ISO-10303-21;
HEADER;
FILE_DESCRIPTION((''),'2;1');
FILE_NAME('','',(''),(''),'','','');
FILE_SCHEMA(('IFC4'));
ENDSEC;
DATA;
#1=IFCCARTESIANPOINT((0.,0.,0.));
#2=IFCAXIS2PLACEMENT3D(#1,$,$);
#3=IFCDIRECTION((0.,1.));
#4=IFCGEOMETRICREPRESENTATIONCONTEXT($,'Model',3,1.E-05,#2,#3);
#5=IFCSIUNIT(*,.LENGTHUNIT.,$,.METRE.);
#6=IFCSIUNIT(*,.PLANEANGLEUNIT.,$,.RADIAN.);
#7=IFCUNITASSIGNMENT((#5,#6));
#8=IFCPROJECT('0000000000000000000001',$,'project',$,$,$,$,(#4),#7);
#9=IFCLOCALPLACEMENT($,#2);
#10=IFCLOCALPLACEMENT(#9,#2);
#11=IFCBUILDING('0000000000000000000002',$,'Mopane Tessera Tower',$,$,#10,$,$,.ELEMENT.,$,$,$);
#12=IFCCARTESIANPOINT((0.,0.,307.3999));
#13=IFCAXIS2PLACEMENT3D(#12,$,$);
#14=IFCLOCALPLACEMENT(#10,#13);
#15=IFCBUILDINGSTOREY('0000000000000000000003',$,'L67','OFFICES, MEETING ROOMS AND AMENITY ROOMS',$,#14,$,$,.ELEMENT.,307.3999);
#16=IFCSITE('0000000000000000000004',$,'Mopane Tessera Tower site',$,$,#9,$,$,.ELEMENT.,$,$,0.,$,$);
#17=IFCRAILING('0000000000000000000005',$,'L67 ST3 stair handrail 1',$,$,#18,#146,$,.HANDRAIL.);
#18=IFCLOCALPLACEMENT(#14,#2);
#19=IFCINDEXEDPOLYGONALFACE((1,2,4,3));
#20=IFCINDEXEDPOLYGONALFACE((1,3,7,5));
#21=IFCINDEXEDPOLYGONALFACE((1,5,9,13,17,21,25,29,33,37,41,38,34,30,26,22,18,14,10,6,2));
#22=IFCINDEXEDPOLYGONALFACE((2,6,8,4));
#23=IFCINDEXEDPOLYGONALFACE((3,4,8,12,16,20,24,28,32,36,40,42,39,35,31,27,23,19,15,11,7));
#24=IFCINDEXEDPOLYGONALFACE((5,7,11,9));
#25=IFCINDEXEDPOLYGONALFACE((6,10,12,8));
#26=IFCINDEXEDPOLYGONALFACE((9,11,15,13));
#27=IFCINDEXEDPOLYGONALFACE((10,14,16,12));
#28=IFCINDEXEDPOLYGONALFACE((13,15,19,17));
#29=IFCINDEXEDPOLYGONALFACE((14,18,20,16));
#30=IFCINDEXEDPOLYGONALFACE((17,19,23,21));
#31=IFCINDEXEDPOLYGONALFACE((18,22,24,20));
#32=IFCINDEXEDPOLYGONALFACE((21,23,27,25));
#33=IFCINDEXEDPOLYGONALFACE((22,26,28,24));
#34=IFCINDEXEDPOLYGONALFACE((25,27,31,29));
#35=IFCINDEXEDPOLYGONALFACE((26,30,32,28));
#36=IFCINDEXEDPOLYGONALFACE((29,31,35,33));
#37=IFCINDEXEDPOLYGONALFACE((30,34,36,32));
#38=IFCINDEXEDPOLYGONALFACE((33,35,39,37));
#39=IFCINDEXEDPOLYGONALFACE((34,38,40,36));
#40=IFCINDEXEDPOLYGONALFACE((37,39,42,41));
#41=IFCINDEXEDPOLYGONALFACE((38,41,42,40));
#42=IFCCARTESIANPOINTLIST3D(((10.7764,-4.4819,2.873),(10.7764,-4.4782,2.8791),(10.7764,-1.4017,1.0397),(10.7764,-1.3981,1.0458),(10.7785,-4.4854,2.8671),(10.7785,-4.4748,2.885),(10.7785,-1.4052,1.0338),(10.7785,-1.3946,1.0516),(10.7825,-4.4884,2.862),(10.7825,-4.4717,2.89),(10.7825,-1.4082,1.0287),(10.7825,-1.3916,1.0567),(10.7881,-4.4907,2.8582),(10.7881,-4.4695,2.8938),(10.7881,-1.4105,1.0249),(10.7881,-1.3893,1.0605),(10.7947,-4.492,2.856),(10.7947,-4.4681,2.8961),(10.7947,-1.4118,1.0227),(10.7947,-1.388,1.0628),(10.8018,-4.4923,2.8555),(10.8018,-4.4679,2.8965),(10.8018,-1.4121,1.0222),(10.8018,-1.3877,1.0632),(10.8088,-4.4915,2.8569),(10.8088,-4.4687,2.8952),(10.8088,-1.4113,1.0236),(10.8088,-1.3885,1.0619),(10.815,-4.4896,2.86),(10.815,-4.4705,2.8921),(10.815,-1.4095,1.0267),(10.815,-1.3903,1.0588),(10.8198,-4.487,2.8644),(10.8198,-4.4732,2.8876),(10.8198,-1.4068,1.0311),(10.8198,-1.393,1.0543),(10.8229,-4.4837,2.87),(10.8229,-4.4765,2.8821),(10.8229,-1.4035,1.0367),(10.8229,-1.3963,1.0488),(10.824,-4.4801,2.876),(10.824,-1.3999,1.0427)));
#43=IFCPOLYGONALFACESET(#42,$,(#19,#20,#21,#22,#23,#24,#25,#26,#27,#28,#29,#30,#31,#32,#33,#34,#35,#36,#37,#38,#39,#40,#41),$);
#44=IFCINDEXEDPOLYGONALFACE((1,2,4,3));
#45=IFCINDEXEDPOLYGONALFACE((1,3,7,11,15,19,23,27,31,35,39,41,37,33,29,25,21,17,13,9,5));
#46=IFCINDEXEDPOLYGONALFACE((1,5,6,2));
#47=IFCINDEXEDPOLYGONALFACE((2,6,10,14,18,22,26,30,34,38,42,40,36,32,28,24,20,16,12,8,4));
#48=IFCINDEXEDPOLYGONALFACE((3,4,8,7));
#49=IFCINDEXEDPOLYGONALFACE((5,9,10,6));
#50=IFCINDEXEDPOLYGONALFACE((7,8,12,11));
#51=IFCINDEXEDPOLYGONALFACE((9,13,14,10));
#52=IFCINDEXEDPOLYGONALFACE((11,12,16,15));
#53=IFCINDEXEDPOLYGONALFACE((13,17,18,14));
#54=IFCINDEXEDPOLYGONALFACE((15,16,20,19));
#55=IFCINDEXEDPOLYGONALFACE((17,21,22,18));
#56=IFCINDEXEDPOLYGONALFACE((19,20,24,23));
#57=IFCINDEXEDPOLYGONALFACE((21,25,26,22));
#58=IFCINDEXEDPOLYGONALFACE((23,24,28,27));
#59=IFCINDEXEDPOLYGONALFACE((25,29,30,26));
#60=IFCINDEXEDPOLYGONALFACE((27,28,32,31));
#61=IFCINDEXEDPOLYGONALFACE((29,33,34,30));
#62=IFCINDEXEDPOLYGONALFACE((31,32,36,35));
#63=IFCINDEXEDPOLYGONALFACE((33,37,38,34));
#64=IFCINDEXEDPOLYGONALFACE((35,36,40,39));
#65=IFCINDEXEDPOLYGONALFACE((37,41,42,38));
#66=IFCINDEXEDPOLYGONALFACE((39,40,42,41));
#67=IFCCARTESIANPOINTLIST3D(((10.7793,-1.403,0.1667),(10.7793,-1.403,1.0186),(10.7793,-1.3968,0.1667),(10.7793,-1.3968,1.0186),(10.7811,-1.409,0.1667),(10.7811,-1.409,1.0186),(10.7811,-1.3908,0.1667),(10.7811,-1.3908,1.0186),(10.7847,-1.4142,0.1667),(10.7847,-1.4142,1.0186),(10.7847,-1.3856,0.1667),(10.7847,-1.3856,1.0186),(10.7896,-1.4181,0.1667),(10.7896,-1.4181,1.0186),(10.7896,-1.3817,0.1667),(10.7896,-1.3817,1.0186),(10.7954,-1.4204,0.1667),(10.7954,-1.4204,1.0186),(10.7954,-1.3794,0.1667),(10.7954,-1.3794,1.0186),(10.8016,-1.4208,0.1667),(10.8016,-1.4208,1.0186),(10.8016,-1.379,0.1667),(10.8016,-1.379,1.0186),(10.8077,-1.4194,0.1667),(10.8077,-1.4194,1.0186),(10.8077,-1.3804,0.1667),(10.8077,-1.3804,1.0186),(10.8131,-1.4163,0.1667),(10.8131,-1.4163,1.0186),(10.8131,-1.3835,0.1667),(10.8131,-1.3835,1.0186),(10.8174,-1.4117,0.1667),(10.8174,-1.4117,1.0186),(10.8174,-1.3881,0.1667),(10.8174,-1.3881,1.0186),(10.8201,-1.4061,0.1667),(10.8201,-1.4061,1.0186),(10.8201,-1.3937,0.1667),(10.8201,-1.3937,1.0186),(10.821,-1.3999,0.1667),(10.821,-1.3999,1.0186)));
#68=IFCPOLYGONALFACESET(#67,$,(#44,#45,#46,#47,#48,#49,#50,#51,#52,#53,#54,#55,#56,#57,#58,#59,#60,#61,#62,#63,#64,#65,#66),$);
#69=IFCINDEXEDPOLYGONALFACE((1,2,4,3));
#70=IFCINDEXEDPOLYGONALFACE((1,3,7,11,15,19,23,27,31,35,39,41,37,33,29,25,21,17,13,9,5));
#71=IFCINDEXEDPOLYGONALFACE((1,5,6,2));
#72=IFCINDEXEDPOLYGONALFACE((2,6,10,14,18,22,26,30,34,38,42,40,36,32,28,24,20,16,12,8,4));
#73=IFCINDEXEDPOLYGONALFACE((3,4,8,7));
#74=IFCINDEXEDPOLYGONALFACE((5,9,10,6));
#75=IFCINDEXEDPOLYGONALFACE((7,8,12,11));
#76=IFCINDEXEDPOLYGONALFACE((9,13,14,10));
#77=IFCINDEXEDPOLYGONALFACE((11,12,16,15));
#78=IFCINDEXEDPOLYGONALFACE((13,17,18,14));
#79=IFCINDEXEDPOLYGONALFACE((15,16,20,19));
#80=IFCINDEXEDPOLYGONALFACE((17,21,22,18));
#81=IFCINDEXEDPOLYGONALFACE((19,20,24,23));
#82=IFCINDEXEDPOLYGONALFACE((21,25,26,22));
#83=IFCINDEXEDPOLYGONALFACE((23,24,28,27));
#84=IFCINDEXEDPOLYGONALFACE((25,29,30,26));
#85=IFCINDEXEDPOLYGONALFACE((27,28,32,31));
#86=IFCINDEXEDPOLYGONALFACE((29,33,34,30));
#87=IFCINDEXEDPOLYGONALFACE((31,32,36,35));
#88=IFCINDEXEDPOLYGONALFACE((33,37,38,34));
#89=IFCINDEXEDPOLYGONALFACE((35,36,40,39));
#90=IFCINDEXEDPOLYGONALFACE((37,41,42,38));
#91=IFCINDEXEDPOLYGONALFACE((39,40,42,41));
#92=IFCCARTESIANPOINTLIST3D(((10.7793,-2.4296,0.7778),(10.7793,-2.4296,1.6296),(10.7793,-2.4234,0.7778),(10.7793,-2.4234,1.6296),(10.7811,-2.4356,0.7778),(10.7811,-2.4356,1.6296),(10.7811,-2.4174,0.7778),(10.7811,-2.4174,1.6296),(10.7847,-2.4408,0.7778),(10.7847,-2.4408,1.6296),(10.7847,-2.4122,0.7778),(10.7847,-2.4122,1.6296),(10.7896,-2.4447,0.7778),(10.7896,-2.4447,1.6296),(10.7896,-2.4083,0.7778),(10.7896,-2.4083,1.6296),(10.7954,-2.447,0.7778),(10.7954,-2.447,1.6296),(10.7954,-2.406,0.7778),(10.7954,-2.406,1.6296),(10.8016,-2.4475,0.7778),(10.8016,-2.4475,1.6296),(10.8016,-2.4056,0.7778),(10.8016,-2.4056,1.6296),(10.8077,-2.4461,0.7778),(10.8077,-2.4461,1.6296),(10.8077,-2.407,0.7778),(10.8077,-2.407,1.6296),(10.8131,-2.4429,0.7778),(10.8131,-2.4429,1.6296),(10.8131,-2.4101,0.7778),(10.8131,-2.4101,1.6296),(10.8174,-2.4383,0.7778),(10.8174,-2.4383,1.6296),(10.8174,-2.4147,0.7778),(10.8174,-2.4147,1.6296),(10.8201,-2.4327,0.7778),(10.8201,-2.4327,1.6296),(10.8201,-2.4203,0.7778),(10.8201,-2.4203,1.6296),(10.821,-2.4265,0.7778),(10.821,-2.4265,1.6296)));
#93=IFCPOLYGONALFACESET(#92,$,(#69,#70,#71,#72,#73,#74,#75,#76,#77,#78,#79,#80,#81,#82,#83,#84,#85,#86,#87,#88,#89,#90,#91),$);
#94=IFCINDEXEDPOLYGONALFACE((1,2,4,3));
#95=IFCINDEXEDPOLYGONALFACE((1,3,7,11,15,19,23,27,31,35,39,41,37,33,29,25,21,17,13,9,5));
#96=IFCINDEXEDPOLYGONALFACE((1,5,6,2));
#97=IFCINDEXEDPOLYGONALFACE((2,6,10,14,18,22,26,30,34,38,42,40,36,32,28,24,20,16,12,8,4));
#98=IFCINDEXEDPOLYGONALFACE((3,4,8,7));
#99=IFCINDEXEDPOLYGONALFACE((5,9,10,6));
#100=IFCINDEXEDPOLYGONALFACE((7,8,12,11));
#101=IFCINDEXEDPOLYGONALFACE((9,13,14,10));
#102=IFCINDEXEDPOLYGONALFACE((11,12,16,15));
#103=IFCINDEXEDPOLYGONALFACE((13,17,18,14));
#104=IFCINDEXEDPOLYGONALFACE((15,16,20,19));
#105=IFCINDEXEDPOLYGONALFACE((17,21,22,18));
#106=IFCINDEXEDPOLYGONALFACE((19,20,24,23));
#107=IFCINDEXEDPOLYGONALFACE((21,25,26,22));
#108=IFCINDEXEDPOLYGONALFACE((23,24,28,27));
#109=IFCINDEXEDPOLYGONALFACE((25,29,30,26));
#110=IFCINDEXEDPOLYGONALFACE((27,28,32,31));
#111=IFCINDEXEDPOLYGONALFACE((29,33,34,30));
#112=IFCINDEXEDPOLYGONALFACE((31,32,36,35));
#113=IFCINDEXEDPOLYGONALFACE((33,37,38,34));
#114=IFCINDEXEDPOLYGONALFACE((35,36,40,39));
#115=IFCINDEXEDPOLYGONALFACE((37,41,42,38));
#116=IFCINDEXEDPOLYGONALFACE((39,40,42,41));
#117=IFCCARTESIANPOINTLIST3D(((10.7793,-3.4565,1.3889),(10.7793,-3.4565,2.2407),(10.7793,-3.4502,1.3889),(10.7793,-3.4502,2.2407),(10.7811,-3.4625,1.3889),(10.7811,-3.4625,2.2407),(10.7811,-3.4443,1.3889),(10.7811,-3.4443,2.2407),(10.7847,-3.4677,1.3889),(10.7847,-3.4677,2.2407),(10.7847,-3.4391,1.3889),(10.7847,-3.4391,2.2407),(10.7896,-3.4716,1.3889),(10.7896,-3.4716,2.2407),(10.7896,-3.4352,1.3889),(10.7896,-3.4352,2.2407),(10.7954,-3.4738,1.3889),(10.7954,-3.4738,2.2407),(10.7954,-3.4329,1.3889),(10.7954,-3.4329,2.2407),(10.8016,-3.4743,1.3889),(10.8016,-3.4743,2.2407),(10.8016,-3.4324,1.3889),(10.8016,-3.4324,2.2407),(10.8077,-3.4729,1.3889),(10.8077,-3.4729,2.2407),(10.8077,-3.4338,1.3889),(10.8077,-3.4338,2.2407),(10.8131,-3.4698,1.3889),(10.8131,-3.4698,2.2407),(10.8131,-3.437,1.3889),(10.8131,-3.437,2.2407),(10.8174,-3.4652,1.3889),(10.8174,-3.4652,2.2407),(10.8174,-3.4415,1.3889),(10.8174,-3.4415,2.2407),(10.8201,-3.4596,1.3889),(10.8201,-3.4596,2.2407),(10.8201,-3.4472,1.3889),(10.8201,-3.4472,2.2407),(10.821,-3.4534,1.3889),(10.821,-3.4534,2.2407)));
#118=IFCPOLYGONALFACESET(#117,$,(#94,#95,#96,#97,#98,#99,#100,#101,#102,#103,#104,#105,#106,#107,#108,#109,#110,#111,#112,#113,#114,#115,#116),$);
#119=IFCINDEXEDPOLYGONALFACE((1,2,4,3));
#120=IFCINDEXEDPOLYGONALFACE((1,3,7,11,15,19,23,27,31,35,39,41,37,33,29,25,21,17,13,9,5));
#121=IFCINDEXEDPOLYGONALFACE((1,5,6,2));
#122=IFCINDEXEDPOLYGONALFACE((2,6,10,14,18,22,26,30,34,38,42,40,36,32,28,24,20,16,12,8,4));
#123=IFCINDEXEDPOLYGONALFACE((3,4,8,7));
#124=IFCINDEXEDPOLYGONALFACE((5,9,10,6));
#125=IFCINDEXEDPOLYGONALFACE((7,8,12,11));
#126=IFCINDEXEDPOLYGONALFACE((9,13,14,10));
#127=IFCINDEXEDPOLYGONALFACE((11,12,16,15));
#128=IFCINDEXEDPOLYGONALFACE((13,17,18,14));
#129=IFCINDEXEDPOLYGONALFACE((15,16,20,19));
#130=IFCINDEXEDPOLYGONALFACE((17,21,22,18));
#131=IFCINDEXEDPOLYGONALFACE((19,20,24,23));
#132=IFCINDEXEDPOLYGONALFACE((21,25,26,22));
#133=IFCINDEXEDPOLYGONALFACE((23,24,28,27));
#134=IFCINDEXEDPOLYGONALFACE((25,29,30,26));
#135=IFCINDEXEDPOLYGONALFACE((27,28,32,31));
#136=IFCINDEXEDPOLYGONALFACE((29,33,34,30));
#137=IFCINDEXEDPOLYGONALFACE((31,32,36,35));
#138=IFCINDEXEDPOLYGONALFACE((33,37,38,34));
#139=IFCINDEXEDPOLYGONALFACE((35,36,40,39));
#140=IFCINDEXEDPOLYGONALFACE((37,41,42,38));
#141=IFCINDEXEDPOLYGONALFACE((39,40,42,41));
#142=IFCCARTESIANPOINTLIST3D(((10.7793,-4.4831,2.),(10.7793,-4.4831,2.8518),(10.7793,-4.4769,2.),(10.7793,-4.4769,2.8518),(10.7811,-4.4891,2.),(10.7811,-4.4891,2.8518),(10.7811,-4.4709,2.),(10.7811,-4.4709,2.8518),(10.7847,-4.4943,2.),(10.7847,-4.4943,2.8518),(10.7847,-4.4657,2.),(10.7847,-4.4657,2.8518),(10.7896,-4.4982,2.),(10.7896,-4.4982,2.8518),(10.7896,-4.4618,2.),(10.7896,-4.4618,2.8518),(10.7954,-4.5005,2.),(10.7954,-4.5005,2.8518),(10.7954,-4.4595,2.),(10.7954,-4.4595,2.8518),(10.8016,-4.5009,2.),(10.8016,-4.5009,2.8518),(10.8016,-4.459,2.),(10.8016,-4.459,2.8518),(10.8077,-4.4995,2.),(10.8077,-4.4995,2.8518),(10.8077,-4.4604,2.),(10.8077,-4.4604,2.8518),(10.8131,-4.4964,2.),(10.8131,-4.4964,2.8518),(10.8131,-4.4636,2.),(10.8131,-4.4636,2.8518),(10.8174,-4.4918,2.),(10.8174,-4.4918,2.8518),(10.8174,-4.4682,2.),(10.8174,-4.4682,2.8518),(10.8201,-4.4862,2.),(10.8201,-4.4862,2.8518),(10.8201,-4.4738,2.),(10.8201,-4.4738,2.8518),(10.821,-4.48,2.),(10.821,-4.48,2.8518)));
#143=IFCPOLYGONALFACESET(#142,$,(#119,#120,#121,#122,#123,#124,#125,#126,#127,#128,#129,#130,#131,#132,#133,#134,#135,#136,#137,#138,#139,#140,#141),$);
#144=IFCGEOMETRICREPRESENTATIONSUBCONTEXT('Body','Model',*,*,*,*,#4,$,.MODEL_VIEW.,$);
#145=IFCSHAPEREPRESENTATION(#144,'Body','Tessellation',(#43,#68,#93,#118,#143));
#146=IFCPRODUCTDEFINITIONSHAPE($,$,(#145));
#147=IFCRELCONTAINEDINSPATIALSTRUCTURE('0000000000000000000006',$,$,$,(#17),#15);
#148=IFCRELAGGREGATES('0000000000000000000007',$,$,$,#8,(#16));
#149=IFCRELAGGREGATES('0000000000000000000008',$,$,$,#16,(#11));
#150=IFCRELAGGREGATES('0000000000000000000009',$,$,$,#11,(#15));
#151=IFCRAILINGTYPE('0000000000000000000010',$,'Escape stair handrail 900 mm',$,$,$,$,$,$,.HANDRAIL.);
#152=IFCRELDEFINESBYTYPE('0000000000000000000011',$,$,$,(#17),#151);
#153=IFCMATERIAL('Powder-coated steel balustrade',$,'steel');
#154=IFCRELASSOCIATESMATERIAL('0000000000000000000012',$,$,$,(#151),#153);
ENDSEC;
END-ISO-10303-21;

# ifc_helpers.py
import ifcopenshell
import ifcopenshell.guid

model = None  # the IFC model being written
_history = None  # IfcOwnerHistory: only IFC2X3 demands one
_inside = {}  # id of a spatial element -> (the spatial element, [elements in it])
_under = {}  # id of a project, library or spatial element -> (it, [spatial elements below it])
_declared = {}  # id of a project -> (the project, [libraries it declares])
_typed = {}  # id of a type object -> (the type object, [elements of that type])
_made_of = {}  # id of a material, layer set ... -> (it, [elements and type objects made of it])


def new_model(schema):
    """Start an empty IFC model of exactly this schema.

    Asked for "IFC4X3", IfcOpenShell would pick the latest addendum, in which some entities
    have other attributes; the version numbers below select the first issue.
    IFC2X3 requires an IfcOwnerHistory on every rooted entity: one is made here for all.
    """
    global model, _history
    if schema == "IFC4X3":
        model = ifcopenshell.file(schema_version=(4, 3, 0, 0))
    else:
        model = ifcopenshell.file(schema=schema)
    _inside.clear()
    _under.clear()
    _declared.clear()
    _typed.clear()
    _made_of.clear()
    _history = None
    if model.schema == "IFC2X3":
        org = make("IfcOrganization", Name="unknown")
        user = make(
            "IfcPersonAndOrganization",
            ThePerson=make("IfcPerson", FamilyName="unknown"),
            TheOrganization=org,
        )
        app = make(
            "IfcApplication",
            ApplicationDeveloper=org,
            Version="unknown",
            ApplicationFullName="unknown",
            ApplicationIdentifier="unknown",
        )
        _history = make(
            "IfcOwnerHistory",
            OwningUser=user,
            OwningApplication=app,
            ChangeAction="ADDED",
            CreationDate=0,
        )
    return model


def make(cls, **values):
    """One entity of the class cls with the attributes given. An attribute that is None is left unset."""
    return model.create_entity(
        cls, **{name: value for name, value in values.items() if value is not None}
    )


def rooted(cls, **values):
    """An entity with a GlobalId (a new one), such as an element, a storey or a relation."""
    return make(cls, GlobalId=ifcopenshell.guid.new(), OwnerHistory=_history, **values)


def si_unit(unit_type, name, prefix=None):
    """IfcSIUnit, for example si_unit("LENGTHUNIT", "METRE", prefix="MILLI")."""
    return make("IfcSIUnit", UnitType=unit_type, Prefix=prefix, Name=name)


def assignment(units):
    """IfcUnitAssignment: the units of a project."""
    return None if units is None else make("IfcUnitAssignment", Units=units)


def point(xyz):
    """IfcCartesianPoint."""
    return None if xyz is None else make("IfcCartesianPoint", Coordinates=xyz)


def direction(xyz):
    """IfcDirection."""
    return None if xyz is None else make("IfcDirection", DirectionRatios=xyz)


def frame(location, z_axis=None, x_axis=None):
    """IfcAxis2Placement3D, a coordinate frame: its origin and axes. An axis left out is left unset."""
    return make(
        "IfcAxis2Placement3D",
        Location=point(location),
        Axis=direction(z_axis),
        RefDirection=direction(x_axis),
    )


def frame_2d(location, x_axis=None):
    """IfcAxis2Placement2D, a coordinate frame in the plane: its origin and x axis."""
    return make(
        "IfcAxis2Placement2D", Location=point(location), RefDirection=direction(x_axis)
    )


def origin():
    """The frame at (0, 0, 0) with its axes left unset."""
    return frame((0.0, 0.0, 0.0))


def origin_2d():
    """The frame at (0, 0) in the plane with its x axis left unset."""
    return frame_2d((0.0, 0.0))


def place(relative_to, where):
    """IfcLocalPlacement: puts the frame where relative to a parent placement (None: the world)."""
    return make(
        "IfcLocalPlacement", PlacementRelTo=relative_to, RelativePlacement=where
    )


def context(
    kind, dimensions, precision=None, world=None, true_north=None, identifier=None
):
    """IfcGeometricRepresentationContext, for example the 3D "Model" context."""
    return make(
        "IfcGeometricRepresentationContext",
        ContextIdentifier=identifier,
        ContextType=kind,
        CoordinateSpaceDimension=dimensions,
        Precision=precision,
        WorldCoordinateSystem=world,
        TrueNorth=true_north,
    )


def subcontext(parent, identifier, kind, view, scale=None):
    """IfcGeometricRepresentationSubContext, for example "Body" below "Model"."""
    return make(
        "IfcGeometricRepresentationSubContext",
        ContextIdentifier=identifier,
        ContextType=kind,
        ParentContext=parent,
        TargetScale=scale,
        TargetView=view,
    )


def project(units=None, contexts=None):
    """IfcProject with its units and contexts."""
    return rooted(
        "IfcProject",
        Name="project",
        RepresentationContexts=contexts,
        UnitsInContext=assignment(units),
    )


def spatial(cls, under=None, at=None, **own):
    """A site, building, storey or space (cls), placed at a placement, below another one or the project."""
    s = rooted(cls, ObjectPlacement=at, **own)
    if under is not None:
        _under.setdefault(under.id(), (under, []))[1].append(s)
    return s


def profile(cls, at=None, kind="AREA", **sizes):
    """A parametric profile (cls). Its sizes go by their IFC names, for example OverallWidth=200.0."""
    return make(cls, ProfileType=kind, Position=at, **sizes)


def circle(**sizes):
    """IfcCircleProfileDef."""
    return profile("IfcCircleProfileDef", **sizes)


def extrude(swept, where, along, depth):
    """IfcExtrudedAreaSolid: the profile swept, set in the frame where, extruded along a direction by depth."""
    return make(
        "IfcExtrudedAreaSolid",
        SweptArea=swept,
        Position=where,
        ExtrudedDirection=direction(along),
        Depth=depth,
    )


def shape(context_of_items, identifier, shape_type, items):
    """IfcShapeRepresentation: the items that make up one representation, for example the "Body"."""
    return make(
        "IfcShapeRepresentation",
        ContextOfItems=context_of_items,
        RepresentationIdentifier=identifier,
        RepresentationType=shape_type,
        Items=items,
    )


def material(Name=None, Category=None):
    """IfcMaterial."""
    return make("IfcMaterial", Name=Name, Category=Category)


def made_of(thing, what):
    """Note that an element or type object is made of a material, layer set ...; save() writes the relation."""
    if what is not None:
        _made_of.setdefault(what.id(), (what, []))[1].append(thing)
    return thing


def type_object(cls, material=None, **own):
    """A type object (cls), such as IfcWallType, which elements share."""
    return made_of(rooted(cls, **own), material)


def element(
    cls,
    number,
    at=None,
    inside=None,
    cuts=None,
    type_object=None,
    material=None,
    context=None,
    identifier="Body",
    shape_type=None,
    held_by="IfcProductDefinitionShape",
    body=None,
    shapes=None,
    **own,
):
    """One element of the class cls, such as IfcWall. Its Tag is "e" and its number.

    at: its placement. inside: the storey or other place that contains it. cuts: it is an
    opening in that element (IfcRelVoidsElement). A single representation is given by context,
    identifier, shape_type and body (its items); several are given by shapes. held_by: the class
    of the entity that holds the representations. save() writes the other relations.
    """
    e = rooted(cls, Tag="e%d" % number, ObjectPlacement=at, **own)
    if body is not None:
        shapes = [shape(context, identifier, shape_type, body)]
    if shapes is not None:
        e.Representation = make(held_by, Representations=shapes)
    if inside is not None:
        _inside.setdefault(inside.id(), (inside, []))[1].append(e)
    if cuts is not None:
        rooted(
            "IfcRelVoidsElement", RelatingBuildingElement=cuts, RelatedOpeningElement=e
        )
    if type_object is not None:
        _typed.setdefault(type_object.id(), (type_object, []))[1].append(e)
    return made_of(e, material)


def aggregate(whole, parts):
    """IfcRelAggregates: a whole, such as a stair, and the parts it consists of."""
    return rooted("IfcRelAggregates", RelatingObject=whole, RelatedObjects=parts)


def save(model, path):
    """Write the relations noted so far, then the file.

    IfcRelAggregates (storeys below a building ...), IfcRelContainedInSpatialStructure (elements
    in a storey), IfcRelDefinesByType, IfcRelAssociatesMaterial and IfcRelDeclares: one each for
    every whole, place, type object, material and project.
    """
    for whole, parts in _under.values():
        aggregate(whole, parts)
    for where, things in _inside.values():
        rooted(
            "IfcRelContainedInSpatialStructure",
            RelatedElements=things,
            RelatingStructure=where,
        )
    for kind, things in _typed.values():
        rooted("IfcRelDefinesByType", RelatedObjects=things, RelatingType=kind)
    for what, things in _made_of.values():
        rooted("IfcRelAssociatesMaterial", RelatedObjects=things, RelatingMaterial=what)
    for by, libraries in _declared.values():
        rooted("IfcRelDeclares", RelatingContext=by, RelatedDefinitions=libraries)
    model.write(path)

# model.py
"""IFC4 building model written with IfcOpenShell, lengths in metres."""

from ifc_helpers import new_model, si_unit, direction, frame, origin, origin_2d, place, context, subcontext, project, spatial, circle, extrude, material, type_object, element, save


model = new_model("IFC4")

# Units and contexts
model_context = context("Model", 3, precision=1e-05, world=origin(), true_north=direction((0.0, 1.0)))
body_context = subcontext(model_context, "Body", "Model", "MODEL_VIEW")
ifc_project = project(units=[si_unit("LENGTHUNIT", "METRE"), si_unit("PLANEANGLEUNIT", "RADIAN")], contexts=[model_context])

# Site, building, storey
site_placement = place(None, origin())
site = spatial("IfcSite", under=ifc_project, at=site_placement, Name="Mopane Tessera Tower site", CompositionType="ELEMENT", RefElevation=0.0)
building_placement = place(site_placement, origin())
building = spatial("IfcBuilding", under=site, at=building_placement, Name="Mopane Tessera Tower", CompositionType="ELEMENT")
storey_placement = place(building_placement, frame((0.0, 0.0, 307.3999)))
storey = spatial("IfcBuildingStorey", under=building, at=storey_placement, Name="L67", Description="OFFICES, MEETING ROOMS AND AMENITY ROOMS", CompositionType="ELEMENT", Elevation=307.3999)

# Railing
ifc_material_1 = material(Name="Powder-coated steel balustrade", Category="steel")
railing_type_1 = type_object("IfcRailingType", Name="Escape stair handrail 900 mm", PredefinedType="HANDRAIL", material=ifc_material_1)
railing_1_placement = place(storey_placement, frame((10.8, -1.3999, 0.1667)))
element("IfcRailing", 1, at=railing_1_placement, inside=storey, type_object=railing_type_1, Name="L67 ST3 stair handrail 1", PredefinedType="HANDRAIL", context=body_context, shape_type="SweptSolid", body=[
    extrude(circle(Radius=0.0239, at=origin_2d()), frame((0.0, 0.0, 0.876), z_axis=(0.0, -0.859309, 0.511458), x_axis=(1.0, 0.0, 0.0)), (0.0, 0.0, 1.0), 3.5845),
    extrude(circle(Radius=0.021, at=origin_2d()), origin(), (0.0, 0.0, 1.0), 0.8518),
    extrude(circle(Radius=0.021, at=origin_2d()), frame((0.0, -1.0266, 0.6111)), (0.0, 0.0, 1.0), 0.8518),
    extrude(circle(Radius=0.021, at=origin_2d()), frame((0.0, -2.0535, 1.2222)), (0.0, 0.0, 1.0), 0.8518),
    extrude(circle(Radius=0.021, at=origin_2d()), frame((0.0, -3.0801, 1.8333)), (0.0, 0.0, 1.0), 0.8518),
])

save(model, "model.ifc")
